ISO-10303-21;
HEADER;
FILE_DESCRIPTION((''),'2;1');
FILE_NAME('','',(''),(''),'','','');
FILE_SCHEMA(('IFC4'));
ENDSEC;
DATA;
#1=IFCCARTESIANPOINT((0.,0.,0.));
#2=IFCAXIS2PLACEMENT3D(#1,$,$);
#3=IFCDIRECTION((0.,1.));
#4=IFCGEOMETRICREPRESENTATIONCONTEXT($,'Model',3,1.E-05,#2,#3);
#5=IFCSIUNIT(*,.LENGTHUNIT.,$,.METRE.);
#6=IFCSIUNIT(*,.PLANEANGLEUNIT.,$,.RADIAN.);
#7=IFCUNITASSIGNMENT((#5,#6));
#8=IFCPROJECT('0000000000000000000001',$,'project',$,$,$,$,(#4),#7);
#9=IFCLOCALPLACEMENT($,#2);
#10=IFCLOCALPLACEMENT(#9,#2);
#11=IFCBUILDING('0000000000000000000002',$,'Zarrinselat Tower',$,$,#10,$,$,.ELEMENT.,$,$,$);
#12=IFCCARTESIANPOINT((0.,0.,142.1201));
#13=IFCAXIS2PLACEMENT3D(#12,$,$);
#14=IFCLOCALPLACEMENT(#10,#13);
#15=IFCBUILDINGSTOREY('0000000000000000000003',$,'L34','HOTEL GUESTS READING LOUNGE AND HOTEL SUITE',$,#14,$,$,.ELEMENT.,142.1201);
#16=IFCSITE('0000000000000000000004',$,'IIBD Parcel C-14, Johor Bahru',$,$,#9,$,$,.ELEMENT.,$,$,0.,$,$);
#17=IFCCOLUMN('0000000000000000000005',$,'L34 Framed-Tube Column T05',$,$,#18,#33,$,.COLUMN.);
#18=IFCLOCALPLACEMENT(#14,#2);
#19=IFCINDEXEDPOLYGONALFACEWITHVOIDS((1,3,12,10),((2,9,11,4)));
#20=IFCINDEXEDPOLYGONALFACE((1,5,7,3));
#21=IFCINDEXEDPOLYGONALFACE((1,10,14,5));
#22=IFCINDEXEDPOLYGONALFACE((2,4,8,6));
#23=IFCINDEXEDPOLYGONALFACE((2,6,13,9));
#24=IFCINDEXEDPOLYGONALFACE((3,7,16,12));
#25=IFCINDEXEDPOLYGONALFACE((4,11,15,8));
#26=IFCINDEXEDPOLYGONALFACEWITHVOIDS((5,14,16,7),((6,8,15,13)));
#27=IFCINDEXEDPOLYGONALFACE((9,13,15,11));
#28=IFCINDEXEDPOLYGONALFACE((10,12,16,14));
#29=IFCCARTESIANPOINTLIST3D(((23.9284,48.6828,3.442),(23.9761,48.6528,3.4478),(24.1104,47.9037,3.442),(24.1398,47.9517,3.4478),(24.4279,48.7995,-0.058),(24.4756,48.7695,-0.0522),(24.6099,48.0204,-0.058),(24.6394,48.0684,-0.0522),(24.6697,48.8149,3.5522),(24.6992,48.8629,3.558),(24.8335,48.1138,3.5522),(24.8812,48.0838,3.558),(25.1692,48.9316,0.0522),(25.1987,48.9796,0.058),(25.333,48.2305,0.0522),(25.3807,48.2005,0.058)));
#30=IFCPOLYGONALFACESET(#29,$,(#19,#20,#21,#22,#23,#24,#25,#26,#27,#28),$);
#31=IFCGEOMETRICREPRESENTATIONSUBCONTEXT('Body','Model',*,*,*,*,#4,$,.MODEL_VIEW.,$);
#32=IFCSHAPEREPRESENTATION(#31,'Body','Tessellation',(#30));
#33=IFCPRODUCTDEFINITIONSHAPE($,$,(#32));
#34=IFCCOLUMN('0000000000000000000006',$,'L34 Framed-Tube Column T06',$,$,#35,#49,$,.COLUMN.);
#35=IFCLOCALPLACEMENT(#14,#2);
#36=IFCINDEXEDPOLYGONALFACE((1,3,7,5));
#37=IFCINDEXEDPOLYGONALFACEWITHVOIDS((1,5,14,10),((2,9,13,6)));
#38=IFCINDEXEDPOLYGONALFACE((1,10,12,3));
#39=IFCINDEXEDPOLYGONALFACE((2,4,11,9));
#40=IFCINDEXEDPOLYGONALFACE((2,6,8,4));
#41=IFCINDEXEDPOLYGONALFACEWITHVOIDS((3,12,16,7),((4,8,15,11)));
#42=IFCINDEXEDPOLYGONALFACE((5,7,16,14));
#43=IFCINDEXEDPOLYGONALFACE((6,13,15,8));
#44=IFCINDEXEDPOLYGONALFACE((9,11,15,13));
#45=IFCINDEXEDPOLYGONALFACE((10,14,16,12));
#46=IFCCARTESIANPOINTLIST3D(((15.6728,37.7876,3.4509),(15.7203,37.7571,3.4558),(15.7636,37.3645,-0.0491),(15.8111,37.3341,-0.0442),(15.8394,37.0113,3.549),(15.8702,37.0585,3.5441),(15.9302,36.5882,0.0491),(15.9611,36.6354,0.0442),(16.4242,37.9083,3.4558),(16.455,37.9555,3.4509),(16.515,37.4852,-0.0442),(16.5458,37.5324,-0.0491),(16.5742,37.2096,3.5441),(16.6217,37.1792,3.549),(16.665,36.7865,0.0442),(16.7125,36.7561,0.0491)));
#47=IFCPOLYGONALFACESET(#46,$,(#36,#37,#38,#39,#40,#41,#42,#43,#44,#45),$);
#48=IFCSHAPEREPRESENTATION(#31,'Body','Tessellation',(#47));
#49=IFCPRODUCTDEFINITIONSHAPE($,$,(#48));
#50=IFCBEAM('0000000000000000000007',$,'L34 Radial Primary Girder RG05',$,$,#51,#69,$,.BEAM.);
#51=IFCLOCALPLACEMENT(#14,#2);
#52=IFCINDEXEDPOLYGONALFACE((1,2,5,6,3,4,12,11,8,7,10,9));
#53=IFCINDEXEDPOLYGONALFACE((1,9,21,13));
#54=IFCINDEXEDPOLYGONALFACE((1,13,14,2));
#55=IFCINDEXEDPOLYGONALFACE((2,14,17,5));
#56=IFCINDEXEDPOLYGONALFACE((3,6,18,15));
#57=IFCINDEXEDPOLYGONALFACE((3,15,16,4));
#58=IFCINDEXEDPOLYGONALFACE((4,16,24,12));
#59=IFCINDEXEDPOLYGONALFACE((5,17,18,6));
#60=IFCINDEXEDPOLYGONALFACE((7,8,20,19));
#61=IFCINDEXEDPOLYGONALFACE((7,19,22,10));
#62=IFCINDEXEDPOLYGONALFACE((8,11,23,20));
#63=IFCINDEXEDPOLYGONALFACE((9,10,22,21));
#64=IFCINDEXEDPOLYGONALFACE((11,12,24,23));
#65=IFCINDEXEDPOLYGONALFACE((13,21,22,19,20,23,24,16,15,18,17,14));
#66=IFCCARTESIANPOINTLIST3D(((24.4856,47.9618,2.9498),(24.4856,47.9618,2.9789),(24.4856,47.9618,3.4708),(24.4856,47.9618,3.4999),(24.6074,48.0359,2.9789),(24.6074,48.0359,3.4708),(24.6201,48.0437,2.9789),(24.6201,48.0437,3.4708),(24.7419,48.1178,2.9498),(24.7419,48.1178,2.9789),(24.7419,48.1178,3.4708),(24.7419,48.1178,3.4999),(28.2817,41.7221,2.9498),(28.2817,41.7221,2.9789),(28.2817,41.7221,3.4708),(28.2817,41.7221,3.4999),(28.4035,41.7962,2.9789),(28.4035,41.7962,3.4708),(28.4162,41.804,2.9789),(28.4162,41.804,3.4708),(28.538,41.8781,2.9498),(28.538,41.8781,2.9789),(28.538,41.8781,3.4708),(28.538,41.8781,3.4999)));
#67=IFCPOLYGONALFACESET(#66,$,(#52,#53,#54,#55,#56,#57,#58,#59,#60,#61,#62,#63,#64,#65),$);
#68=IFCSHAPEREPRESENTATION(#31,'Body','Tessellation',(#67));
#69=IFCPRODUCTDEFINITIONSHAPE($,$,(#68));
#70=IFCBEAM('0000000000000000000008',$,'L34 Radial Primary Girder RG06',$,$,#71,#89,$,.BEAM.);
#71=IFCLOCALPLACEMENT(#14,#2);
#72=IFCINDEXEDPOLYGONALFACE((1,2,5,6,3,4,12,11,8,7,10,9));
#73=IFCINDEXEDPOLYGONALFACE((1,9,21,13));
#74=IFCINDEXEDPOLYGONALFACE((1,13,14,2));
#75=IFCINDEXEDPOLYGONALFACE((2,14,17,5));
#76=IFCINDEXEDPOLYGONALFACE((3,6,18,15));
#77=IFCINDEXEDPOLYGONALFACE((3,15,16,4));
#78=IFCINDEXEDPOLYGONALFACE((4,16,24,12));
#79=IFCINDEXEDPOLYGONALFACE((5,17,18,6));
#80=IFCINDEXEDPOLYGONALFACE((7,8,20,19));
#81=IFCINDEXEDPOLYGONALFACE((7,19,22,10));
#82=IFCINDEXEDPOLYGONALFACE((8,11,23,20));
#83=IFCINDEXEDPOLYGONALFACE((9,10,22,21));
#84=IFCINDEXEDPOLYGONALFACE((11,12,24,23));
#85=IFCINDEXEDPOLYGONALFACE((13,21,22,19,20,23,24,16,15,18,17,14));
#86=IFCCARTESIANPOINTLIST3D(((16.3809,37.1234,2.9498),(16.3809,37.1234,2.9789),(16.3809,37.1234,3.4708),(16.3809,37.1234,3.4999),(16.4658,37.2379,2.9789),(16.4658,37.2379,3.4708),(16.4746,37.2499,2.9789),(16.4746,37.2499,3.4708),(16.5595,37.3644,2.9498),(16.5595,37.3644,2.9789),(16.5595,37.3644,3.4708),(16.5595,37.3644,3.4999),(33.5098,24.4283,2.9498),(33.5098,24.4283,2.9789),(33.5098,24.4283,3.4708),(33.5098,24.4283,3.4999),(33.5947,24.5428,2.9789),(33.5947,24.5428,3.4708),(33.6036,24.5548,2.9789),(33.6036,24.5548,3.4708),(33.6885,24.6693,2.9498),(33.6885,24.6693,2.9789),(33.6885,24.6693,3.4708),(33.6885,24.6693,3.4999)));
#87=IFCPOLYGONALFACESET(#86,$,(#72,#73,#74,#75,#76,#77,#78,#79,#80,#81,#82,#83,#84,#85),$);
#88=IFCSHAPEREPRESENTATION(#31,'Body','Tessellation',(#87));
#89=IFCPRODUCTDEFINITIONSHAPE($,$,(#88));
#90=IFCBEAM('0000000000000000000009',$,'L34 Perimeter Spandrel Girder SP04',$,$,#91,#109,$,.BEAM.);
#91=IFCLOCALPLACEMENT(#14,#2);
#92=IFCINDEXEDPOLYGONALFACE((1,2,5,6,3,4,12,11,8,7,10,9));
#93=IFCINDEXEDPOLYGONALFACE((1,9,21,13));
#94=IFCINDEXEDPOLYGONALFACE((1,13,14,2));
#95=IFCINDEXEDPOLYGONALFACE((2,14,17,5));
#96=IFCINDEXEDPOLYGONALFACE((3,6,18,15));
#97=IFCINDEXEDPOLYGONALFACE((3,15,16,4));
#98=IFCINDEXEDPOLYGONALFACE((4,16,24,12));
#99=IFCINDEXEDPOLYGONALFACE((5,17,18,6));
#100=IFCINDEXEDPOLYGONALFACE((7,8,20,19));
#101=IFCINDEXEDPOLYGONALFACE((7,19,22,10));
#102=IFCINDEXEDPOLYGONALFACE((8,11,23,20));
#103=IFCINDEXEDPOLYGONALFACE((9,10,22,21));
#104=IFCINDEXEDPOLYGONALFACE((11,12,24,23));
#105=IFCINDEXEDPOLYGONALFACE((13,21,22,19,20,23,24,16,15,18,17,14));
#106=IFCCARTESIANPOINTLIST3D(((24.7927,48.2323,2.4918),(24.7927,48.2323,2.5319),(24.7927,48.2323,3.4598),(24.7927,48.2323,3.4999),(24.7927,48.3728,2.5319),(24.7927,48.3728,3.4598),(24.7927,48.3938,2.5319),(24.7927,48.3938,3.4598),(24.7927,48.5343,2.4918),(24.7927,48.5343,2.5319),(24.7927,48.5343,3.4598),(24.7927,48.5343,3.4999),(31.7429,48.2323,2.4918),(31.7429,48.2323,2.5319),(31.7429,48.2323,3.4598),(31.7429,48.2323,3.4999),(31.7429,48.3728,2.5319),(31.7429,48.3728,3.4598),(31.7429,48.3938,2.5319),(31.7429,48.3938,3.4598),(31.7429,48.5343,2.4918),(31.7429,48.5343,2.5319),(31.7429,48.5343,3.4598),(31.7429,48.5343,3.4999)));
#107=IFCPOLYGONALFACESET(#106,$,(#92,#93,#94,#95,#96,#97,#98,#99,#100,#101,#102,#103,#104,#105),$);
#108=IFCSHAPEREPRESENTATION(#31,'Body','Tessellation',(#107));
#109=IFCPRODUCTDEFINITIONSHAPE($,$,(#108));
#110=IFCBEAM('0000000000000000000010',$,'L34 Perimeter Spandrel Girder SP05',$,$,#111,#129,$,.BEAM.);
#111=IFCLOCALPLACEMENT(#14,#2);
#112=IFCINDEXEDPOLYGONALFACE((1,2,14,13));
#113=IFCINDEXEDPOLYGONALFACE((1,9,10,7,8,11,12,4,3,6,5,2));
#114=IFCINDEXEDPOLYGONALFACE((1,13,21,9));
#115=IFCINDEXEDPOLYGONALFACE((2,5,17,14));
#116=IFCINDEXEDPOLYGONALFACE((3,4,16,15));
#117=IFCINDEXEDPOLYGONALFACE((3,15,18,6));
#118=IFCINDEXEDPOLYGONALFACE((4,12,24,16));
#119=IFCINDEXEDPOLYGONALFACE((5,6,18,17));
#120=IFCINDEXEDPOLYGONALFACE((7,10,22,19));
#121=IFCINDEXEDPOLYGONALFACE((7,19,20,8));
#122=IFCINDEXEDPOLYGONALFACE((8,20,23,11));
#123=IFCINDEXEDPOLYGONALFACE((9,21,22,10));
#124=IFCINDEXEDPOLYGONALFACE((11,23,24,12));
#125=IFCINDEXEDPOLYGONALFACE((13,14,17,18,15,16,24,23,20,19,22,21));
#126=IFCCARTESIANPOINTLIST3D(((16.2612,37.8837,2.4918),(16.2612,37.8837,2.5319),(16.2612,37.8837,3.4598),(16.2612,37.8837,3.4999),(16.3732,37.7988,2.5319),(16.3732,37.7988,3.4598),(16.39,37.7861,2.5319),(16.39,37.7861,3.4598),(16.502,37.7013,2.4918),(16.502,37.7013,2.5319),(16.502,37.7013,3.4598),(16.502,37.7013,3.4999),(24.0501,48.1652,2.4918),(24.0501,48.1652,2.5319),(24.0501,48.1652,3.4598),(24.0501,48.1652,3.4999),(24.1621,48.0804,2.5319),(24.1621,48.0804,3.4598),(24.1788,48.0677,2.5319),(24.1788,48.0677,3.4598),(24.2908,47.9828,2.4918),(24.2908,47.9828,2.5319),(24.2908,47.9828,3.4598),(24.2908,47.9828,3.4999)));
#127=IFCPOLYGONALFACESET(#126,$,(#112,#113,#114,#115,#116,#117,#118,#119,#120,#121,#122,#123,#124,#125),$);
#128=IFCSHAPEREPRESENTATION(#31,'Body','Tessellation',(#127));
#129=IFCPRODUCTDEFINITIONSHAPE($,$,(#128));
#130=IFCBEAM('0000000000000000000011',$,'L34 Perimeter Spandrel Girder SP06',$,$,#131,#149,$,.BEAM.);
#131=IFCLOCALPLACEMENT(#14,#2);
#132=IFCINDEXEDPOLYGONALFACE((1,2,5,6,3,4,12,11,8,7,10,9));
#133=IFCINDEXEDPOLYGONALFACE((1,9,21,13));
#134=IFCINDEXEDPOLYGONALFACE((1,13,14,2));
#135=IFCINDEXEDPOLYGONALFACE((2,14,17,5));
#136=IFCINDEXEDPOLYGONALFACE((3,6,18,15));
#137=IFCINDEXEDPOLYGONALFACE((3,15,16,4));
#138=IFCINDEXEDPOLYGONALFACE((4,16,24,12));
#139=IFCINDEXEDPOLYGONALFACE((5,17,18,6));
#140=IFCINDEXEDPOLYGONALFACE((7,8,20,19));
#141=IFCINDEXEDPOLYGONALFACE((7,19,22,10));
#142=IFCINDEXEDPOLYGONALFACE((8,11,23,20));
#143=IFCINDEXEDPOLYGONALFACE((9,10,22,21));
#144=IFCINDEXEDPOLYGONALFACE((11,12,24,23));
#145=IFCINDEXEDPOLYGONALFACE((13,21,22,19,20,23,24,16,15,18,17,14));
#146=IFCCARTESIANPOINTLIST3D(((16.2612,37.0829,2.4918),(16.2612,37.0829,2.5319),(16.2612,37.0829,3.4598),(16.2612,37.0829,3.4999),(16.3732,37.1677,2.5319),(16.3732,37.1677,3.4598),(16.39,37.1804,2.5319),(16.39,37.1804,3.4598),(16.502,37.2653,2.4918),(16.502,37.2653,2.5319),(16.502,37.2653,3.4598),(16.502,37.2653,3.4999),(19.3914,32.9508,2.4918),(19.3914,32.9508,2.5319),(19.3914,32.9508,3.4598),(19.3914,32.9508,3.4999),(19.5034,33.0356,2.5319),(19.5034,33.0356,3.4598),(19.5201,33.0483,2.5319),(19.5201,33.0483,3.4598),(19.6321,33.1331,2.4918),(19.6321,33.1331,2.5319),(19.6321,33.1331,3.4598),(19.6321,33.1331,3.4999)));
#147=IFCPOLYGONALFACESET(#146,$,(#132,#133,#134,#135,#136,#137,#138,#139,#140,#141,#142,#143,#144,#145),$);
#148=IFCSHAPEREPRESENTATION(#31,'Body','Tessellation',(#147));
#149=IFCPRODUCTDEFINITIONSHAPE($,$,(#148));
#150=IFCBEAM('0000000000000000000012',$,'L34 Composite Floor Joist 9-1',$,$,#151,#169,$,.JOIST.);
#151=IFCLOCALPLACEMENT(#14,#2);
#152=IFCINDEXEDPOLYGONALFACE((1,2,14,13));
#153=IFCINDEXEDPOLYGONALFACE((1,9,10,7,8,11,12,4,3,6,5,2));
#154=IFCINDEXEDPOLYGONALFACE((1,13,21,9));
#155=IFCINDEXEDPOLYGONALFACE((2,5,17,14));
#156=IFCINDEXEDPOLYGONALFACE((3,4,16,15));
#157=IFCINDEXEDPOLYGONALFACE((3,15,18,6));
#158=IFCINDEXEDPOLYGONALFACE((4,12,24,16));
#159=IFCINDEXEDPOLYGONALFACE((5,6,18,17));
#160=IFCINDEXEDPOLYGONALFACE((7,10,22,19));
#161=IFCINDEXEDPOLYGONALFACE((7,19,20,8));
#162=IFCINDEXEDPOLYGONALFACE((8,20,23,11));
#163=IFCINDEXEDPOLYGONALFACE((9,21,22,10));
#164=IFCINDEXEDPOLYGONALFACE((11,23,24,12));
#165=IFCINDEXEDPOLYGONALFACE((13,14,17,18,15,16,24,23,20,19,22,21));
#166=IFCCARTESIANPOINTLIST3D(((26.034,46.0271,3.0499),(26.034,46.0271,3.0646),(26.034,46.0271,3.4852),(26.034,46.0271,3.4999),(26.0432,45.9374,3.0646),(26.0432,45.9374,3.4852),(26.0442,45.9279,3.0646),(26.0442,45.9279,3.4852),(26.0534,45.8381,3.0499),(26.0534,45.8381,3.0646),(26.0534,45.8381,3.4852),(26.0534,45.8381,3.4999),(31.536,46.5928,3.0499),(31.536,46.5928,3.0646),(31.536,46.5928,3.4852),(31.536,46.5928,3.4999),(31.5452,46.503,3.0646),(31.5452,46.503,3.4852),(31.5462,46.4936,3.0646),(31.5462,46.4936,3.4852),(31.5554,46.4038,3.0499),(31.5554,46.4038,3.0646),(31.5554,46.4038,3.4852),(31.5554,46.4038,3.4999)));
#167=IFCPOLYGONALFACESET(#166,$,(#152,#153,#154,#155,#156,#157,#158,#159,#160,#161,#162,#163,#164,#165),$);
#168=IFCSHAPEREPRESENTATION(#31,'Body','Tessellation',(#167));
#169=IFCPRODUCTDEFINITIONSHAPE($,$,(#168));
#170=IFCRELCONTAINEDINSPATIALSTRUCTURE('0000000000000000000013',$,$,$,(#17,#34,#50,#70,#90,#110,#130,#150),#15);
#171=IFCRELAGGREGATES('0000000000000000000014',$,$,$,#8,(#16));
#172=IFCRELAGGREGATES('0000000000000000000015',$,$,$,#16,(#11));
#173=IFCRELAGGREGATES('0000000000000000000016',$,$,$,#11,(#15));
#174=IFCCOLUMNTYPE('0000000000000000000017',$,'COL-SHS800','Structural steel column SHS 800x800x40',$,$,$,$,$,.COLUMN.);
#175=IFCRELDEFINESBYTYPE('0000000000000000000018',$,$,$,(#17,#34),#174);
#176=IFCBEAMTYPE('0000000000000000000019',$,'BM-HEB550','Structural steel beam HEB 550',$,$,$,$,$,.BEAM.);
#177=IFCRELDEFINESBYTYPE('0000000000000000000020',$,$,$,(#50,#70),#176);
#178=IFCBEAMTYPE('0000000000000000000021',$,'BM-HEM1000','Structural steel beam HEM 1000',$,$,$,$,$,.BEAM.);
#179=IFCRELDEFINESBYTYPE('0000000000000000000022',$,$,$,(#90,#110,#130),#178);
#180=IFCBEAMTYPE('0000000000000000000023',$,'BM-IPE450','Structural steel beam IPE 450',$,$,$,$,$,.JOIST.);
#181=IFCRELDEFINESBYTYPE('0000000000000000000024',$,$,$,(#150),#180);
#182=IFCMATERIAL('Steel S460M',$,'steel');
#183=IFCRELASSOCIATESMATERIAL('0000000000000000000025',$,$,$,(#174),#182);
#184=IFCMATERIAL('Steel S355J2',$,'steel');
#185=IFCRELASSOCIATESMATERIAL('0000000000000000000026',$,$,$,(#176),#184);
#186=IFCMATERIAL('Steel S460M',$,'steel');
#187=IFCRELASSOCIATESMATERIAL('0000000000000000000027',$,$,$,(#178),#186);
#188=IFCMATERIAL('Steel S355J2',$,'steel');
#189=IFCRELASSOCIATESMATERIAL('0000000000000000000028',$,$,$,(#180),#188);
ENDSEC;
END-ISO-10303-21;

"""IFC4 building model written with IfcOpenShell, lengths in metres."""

from ifc_helpers import new_model, si_unit, direction, frame, origin, origin_2d, place, context, subcontext, project, spatial, hollow_rectangle, i_section, extrude, material, material_profile, profile_set, type_object, element, save


model = new_model("IFC4")

# Units and contexts
model_context = context("Model", 3, precision=1e-05, world=origin(), true_north=direction((0.0, 1.0)))
body_context = subcontext(model_context, "Body", "Model", "MODEL_VIEW")
ifc_project = project(units=[si_unit("LENGTHUNIT", "METRE"), si_unit("PLANEANGLEUNIT", "RADIAN")], contexts=[model_context])

# Site, building, storey
site_placement = place(None, origin())
site = spatial("IfcSite", under=ifc_project, at=site_placement, Name="IIBD Parcel C-14, Johor Bahru", CompositionType="ELEMENT", RefElevation=0.0)
building_placement = place(site_placement, origin())
building = spatial("IfcBuilding", under=site, at=building_placement, Name="Zarrinselat Tower", CompositionType="ELEMENT")
storey_placement = place(building_placement, frame((0.0, 0.0, 142.1201)))
storey = spatial("IfcBuildingStorey", under=building, at=storey_placement, Name="L34", Description="HOTEL GUESTS READING LOUNGE AND HOTEL SUITE", CompositionType="ELEMENT", Elevation=142.1201)

# Columns
ifc_material_1 = material(Name="Steel S460M", Category="steel")
ifc_material_profile_1 = material_profile(ifc_material_1, hollow_rectangle(XDim=0.8, YDim=0.8, WallThickness=0.04, at=origin_2d()), Name="SHS 800x800x40")
ifc_profile_set_1 = profile_set([ifc_material_profile_1], Name="Steel S460M")
column_type = type_object("IfcColumnType", Name="COL-SHS800", Description="Structural steel column SHS 800x800x40", PredefinedType="COLUMN", material=ifc_profile_set_1)
column_1_placement = place(storey_placement, frame((24.9043, 48.5, 0.0), z_axis=(-0.141209, -0.03299, 0.98943), x_axis=(0.2275, -0.973778, 0.0)))
element("IfcColumn", 1, at=column_1_placement, inside=storey, type_object=column_type, Name="L34 Framed-Tube Column T05", PredefinedType="COLUMN", context=body_context, shape_type="SweptSolid", body=[
    extrude(hollow_rectangle(XDim=0.8, YDim=0.8, WallThickness=0.04, at=origin_2d()), origin(), (0.0, 0.0, 1.0), 3.5374),
])
column_2_placement = place(storey_placement, frame((16.238, 37.0603, 0.0), z_axis=(-0.025753, 0.119971, 0.992443), x_axis=(-0.977728, -0.209876, 0.0)))
element("IfcColumn", 2, at=column_2_placement, inside=storey, type_object=column_type, Name="L34 Framed-Tube Column T06", PredefinedType="COLUMN", context=body_context, shape_type="SweptSolid", body=[
    extrude(hollow_rectangle(XDim=0.8, YDim=0.8, WallThickness=0.04, at=origin_2d()), origin(), (0.0, 0.0, 1.0), 3.5266),
])

# Beams
ifc_material_2 = material(Name="Steel S355J2", Category="steel")
ifc_material_profile_2 = material_profile(ifc_material_2, i_section(OverallWidth=0.3, OverallDepth=0.55, WebThickness=0.0149, FlangeThickness=0.0291, at=origin_2d()), Name="HEB 550")
ifc_profile_set_2 = profile_set([ifc_material_profile_2], Name="Steel S355J2")
beam_type_1 = type_object("IfcBeamType", Name="BM-HEB550", Description="Structural steel beam HEB 550", PredefinedType="BEAM", material=ifc_profile_set_2)
beam_1_placement = place(storey_placement, frame((24.6138, 48.0398, 3.2249), z_axis=(0.519751, -0.854318, 0.0), x_axis=(0.854318, 0.519751, 0.0)))
element("IfcBeam", 3, at=beam_1_placement, inside=storey, type_object=beam_type_1, Name="L34 Radial Primary Girder RG05", PredefinedType="BEAM", context=body_context, shape_type="SweptSolid", body=[
    extrude(i_section(OverallWidth=0.3, OverallDepth=0.55, WebThickness=0.0149, FlangeThickness=0.0291, at=origin_2d()), origin(), (0.0, 0.0, 1.0), 7.3037),
])
beam_2_placement = place(storey_placement, frame((16.4702, 37.2439, 3.2249), z_axis=(0.8034, -0.595439, 0.0), x_axis=(0.595439, 0.8034, 0.0)))
element("IfcBeam", 4, at=beam_2_placement, inside=storey, type_object=beam_type_1, Name="L34 Radial Primary Girder RG06", PredefinedType="BEAM", context=body_context, shape_type="SweptSolid", body=[
    extrude(i_section(OverallWidth=0.3, OverallDepth=0.55, WebThickness=0.0149, FlangeThickness=0.0291, at=origin_2d()), origin(), (0.0, 0.0, 1.0), 21.3206),
])
ifc_material_3 = material(Name="Steel S460M", Category="steel")
ifc_material_profile_3 = material_profile(ifc_material_3, i_section(OverallWidth=0.302, OverallDepth=1.0081, WebThickness=0.021, FlangeThickness=0.04, at=origin_2d()), Name="HEM 1000")
ifc_profile_set_3 = profile_set([ifc_material_profile_3], Name="Steel S460M")
beam_type_2 = type_object("IfcBeamType", Name="BM-HEM1000", Description="Structural steel beam HEM 1000", PredefinedType="BEAM", material=ifc_profile_set_3)
beam_3_placement = place(storey_placement, frame((24.7927, 48.3833, 2.9958), z_axis=(1.0, 0.0, 0.0), x_axis=(0.0, 1.0, 0.0)))
element("IfcBeam", 5, at=beam_3_placement, inside=storey, type_object=beam_type_2, Name="L34 Perimeter Spandrel Girder SP04", PredefinedType="BEAM", context=body_context, shape_type="SweptSolid", body=[
    extrude(i_section(OverallWidth=0.302, OverallDepth=1.0081, WebThickness=0.021, FlangeThickness=0.04, at=origin_2d()), origin(), (0.0, 0.0, 1.0), 6.9502),
])
beam_4_placement = place(storey_placement, frame((16.3816, 37.7925, 2.9958), z_axis=(0.603848, 0.797099, 0.0), x_axis=(-0.797099, 0.603848, 0.0)))
element("IfcBeam", 6, at=beam_4_placement, inside=storey, type_object=beam_type_2, Name="L34 Perimeter Spandrel Girder SP05", PredefinedType="BEAM", context=body_context, shape_type="SweptSolid", body=[
    extrude(i_section(OverallWidth=0.302, OverallDepth=1.0081, WebThickness=0.021, FlangeThickness=0.04, at=origin_2d()), origin(), (0.0, 0.0, 1.0), 12.8987),
])
beam_5_placement = place(storey_placement, frame((16.3816, 37.1741, 2.9958), z_axis=(0.603829, -0.797114, 0.0), x_axis=(0.797114, 0.603829, 0.0)))
element("IfcBeam", 7, at=beam_5_placement, inside=storey, type_object=beam_type_2, Name="L34 Perimeter Spandrel Girder SP06", PredefinedType="BEAM", context=body_context, shape_type="SweptSolid", body=[
    extrude(i_section(OverallWidth=0.302, OverallDepth=1.0081, WebThickness=0.021, FlangeThickness=0.04, at=origin_2d()), origin(), (0.0, 0.0, 1.0), 5.1838),
])
ifc_material_4 = material(Name="Steel S355J2", Category="steel")
ifc_material_profile_4 = material_profile(ifc_material_4, i_section(OverallWidth=0.1899, OverallDepth=0.45, WebThickness=0.0095, FlangeThickness=0.0146, at=origin_2d()), Name="IPE 450")
ifc_profile_set_4 = profile_set([ifc_material_profile_4], Name="Steel S355J2")
beam_type_3 = type_object("IfcBeamType", Name="BM-IPE450", Description="Structural steel beam IPE 450", PredefinedType="JOIST", material=ifc_profile_set_4)
beam_6_placement = place(storey_placement, frame((26.0437, 45.9326, 3.2749), z_axis=(0.994756, 0.102274, 0.0), x_axis=(-0.102274, 0.994756, 0.0)))
element("IfcBeam", 8, at=beam_6_placement, inside=storey, type_object=beam_type_3, Name="L34 Composite Floor Joist 9-1", PredefinedType="JOIST", context=body_context, shape_type="SweptSolid", body=[
    extrude(i_section(OverallWidth=0.1899, OverallDepth=0.45, WebThickness=0.0095, FlangeThickness=0.0146, at=origin_2d()), origin(), (0.0, 0.0, 1.0), 5.531),
])

save(model, "model.ifc")
